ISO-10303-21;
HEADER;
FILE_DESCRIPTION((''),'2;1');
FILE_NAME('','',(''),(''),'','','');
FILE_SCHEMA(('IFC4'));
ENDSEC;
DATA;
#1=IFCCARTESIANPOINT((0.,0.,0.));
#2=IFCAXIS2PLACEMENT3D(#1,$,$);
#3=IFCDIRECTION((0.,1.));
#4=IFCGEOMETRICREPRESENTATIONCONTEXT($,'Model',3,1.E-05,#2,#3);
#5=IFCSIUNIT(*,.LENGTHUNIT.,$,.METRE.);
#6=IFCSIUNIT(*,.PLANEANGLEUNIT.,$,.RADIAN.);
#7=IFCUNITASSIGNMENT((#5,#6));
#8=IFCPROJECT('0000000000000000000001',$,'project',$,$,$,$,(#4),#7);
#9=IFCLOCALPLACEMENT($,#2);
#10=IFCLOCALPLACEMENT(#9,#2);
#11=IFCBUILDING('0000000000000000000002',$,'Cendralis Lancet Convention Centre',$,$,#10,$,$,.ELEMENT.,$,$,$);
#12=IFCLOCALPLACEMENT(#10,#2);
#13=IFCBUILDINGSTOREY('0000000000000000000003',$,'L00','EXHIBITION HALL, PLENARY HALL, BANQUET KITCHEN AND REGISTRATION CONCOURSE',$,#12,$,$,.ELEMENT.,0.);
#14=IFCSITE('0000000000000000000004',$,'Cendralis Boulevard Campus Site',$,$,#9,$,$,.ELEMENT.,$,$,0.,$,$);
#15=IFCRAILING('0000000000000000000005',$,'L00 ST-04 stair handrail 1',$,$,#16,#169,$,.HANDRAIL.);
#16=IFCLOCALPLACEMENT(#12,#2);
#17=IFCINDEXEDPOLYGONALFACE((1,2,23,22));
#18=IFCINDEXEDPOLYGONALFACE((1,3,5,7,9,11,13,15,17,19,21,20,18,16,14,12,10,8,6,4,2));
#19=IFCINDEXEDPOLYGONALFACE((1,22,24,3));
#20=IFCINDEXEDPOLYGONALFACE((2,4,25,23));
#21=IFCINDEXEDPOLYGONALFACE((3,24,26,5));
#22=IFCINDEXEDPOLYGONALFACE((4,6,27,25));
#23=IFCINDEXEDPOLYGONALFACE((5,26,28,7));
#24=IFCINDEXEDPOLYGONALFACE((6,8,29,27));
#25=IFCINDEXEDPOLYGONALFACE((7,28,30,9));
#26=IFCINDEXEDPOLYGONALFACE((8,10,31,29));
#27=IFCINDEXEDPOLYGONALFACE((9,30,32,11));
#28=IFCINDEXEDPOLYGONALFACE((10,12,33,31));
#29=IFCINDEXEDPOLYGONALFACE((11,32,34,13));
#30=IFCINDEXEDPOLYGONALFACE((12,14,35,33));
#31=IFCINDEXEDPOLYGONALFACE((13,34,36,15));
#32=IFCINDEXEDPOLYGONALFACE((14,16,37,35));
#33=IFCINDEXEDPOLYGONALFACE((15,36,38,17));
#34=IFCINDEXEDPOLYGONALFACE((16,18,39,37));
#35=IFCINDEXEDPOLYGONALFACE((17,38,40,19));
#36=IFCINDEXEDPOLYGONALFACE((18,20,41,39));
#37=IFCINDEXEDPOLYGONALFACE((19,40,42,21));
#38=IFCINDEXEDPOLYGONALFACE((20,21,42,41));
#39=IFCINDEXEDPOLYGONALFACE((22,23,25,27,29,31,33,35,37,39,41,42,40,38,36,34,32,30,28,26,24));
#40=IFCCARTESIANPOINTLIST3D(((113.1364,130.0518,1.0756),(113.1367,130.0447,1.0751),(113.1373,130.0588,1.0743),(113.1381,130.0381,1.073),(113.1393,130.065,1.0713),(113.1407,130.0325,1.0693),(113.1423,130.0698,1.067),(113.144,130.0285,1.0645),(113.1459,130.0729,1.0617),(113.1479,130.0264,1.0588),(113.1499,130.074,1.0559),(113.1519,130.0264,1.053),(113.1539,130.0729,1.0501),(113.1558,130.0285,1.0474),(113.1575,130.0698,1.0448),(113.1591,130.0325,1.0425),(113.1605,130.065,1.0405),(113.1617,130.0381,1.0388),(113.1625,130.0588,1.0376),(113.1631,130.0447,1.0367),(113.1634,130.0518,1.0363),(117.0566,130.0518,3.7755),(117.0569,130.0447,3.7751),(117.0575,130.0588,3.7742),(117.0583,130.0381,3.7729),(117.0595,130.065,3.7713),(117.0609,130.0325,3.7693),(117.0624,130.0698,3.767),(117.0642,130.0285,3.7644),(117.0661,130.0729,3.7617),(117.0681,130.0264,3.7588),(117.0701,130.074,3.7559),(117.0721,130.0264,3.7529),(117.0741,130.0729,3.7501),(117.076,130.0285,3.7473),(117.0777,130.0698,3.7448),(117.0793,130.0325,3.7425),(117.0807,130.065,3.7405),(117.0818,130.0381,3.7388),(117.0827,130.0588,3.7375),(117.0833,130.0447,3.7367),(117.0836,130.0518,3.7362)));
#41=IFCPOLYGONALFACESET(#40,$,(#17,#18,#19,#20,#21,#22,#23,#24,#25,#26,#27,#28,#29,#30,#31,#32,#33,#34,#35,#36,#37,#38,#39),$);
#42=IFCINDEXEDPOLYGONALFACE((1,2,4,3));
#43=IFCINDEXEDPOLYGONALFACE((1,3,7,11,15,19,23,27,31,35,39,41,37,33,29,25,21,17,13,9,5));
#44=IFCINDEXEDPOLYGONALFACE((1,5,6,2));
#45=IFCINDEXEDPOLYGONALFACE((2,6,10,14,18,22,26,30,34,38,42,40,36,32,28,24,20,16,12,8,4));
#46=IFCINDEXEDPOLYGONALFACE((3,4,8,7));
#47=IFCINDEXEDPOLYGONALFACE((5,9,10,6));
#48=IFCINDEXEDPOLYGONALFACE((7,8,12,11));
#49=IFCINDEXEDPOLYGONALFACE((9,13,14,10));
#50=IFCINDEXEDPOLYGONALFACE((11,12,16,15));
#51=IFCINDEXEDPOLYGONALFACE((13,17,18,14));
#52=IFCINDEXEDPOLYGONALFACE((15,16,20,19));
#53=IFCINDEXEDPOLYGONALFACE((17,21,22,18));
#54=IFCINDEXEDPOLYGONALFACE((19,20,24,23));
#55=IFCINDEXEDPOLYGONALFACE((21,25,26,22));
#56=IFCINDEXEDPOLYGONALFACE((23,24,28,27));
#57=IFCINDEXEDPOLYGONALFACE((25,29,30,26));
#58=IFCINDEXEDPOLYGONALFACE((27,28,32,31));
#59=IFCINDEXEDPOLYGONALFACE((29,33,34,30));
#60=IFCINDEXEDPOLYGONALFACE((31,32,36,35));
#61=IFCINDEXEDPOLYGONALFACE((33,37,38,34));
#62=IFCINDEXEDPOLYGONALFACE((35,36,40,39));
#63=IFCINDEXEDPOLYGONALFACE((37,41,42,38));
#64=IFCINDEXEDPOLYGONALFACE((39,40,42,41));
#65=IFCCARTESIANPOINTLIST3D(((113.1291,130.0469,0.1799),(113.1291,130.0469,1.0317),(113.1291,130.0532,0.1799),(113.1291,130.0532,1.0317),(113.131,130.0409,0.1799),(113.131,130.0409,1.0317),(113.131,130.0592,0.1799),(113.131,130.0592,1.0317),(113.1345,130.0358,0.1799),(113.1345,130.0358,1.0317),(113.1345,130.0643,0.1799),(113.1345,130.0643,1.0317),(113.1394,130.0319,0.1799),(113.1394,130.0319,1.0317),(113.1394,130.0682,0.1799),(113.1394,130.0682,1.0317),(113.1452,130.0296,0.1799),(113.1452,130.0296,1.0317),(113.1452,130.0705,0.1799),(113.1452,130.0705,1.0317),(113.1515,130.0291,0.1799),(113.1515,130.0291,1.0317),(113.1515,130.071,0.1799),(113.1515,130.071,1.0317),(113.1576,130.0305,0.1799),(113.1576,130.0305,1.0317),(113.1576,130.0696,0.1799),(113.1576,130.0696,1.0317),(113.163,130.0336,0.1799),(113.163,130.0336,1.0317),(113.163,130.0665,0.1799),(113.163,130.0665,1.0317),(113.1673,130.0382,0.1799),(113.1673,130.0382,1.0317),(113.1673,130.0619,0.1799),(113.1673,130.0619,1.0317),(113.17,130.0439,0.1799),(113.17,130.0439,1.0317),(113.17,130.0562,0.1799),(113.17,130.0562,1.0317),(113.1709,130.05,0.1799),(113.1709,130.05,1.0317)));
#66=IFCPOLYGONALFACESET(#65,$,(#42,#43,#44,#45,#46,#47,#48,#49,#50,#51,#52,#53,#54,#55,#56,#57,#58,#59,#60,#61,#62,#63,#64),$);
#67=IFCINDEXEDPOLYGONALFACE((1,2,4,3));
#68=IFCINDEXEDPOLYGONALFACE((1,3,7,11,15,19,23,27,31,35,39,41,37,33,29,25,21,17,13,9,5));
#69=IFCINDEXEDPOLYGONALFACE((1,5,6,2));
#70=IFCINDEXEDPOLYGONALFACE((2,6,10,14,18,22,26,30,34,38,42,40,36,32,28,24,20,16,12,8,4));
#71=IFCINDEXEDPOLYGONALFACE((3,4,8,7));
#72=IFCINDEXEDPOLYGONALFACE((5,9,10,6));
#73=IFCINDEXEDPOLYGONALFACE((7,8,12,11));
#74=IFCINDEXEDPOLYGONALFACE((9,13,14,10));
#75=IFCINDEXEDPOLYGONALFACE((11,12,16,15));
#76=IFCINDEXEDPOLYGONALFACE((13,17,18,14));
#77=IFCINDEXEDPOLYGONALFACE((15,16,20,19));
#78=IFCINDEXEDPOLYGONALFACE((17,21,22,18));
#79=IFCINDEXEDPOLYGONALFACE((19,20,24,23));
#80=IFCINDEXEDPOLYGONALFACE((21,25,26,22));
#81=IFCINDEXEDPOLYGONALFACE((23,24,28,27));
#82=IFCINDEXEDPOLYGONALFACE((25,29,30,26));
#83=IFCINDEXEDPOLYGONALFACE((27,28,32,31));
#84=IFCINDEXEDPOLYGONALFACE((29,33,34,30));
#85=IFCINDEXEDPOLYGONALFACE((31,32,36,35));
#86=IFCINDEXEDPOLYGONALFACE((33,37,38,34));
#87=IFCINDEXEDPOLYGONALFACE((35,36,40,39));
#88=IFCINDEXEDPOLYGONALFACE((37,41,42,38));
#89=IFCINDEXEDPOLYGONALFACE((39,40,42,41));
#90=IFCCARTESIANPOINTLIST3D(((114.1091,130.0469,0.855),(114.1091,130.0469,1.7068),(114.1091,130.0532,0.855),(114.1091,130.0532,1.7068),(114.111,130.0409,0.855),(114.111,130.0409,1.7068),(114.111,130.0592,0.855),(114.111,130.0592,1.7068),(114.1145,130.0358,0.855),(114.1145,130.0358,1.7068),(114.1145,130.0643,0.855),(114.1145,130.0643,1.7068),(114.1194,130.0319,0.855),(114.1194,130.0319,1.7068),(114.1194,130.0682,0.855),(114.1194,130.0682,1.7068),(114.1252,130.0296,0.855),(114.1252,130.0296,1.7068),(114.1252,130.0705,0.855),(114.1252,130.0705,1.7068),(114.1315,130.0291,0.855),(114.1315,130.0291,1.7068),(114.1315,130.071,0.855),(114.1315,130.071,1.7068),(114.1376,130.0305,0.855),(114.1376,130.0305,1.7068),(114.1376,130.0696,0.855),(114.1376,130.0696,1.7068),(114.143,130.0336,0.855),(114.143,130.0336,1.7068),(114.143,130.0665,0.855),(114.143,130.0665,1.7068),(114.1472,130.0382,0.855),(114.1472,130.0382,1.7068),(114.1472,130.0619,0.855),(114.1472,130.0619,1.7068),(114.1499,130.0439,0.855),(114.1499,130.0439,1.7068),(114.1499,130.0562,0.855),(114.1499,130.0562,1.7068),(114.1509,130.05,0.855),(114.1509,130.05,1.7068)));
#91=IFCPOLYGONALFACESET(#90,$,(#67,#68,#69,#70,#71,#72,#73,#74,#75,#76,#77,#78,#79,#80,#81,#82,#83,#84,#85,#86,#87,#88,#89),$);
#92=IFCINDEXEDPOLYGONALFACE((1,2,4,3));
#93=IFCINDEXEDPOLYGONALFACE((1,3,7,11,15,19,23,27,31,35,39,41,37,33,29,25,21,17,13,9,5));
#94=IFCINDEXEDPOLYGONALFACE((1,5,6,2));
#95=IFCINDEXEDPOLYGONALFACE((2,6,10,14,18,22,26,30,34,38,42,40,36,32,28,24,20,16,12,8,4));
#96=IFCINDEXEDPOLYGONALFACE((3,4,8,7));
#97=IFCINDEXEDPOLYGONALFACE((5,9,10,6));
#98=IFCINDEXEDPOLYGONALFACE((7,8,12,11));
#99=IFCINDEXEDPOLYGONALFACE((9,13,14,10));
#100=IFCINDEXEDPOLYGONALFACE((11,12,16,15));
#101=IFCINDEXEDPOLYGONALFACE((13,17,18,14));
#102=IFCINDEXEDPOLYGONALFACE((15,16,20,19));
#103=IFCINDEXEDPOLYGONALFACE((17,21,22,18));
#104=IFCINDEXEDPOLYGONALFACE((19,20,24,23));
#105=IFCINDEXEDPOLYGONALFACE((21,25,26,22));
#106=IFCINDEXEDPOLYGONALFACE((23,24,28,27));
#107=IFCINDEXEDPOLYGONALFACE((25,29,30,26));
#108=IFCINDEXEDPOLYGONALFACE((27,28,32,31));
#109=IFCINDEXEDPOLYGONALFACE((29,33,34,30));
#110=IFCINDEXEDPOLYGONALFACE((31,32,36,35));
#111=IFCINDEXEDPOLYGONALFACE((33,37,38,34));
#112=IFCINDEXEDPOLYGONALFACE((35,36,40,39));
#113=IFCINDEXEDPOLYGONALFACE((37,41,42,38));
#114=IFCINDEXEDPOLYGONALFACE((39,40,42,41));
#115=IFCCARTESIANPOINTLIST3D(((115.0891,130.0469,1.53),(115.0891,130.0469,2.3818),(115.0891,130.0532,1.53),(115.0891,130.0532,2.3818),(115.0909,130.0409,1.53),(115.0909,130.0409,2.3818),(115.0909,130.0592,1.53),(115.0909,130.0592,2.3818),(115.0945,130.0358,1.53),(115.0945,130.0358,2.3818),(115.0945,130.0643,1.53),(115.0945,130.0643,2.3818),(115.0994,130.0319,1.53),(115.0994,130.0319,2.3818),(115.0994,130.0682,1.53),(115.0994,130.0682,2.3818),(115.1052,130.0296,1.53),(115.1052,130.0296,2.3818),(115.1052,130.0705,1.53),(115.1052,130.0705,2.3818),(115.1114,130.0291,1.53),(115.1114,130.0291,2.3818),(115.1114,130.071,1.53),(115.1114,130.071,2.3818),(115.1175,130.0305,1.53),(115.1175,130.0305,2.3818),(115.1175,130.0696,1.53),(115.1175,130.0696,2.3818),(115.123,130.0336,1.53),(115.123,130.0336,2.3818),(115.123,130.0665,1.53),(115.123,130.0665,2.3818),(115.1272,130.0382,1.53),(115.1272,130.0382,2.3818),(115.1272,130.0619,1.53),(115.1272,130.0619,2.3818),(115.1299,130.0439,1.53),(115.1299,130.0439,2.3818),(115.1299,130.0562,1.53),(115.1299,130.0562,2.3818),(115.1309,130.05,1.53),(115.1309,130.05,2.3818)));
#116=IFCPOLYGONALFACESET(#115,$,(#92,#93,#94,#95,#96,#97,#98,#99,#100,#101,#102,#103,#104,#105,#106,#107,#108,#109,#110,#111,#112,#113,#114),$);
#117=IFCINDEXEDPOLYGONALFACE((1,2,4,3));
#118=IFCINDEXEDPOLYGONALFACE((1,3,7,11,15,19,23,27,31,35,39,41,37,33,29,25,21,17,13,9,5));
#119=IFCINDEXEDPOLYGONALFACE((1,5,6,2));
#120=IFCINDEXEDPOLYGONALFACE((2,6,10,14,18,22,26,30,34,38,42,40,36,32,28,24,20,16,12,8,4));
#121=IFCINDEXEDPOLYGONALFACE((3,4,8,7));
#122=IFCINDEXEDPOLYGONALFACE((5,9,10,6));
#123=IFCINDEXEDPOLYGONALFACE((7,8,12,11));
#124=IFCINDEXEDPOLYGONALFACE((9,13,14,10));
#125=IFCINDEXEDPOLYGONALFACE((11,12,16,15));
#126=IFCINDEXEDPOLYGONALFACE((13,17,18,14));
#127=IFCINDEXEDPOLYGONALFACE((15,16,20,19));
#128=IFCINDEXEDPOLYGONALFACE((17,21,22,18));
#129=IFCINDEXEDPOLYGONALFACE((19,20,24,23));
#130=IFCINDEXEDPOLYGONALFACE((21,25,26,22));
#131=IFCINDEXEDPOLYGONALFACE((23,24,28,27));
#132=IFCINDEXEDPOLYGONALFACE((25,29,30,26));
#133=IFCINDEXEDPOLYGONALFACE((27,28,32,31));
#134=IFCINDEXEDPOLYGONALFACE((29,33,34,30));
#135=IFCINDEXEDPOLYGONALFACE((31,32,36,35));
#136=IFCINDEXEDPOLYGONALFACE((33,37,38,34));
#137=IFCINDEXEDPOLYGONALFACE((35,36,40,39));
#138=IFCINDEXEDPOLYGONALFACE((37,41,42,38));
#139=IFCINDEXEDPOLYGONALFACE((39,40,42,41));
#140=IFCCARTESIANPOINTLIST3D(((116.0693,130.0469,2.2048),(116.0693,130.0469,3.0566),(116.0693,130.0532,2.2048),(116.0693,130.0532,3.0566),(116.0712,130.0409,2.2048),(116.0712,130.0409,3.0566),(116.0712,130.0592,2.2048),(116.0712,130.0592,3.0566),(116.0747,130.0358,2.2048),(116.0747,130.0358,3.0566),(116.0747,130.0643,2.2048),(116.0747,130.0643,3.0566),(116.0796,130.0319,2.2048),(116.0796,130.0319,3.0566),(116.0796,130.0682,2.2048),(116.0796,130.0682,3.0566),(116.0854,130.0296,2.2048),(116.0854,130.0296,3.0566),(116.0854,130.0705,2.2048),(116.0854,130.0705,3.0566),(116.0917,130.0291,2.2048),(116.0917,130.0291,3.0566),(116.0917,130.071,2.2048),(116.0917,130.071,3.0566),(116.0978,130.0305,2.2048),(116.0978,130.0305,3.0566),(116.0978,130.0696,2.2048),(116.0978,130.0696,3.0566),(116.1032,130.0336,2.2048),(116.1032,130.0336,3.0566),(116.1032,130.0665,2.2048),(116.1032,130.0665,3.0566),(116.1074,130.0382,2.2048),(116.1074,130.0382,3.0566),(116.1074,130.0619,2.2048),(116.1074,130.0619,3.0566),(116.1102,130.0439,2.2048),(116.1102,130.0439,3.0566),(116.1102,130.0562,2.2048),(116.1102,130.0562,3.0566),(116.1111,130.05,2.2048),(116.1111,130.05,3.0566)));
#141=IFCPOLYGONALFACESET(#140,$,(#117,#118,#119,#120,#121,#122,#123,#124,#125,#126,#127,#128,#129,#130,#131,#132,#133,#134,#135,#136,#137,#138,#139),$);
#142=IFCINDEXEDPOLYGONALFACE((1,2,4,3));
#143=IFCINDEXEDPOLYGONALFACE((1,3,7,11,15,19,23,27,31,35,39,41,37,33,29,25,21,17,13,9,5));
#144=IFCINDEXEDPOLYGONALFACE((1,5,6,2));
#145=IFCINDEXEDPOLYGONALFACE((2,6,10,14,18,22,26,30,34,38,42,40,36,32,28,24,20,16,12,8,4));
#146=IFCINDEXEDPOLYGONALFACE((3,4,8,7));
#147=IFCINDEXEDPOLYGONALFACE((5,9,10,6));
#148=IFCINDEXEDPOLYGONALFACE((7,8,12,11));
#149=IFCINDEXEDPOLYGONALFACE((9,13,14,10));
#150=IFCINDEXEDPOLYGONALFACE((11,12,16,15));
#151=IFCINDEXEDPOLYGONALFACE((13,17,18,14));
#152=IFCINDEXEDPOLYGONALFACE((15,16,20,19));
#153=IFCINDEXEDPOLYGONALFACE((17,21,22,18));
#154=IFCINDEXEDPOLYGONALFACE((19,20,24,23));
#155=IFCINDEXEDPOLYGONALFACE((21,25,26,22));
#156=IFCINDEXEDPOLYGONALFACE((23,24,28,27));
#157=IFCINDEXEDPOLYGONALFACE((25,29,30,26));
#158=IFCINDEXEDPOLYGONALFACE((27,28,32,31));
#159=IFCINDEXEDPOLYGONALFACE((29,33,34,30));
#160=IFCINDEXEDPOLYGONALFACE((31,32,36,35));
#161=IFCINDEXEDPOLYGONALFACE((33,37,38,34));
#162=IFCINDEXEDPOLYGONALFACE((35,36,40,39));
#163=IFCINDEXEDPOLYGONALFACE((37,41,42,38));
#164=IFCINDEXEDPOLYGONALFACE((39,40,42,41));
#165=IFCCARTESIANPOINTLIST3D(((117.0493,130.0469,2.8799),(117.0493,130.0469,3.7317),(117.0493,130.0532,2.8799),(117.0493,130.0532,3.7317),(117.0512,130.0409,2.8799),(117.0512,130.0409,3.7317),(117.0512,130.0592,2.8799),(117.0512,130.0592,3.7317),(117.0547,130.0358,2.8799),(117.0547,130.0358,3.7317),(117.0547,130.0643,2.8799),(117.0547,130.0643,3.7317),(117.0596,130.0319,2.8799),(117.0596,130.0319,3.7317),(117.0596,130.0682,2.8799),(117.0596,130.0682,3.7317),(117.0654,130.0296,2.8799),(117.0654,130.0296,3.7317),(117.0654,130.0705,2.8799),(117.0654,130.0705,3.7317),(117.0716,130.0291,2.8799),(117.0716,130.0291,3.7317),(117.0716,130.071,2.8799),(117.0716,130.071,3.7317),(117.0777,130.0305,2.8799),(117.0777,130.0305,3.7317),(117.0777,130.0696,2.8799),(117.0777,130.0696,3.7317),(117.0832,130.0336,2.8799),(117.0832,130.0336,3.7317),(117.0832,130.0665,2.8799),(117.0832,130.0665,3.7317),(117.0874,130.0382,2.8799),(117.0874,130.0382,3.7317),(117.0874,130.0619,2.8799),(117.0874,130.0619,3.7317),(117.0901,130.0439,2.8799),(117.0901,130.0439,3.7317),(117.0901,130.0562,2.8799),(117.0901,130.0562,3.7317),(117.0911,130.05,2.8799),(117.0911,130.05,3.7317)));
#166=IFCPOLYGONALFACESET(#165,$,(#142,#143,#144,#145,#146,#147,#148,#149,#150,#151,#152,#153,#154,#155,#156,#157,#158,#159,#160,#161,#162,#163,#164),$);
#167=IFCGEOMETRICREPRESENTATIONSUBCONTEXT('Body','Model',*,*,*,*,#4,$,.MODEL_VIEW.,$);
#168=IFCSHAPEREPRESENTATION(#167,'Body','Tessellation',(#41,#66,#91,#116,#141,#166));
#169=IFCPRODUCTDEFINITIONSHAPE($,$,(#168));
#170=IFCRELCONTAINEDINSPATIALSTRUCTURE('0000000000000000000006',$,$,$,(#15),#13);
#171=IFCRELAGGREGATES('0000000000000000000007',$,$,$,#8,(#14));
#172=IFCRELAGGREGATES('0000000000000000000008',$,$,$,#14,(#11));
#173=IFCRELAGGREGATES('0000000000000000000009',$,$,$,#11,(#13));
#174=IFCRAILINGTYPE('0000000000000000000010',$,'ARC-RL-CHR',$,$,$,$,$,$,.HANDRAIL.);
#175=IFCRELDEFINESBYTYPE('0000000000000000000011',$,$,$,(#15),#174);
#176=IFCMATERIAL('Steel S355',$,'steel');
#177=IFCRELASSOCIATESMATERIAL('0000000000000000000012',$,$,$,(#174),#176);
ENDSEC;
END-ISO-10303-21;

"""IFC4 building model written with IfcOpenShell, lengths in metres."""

from ifc_helpers import new_model, si_unit, direction, frame, origin, origin_2d, place, context, subcontext, project, spatial, circle, extrude, material, type_object, element, save


model = new_model("IFC4")

# Units and contexts
model_context = context("Model", 3, precision=1e-05, world=origin(), true_north=direction((0.0, 1.0)))
body_context = subcontext(model_context, "Body", "Model", "MODEL_VIEW")
ifc_project = project(units=[si_unit("LENGTHUNIT", "METRE"), si_unit("PLANEANGLEUNIT", "RADIAN")], contexts=[model_context])

# Site, building, storey
site_placement = place(None, origin())
site = spatial("IfcSite", under=ifc_project, at=site_placement, Name="Cendralis Boulevard Campus Site", CompositionType="ELEMENT", RefElevation=0.0)
building_placement = place(site_placement, origin())
building = spatial("IfcBuilding", under=site, at=building_placement, Name="Cendralis Lancet Convention Centre", CompositionType="ELEMENT")
storey_placement = place(building_placement, origin())
storey = spatial("IfcBuildingStorey", under=building, at=storey_placement, Name="L00", Description="EXHIBITION HALL, PLENARY HALL, BANQUET KITCHEN AND REGISTRATION CONCOURSE", CompositionType="ELEMENT", Elevation=0.0)

# Shared definitions
ifc_material_1 = material(Name="Steel S355", Category="steel")

# Railing
railing_type_1 = type_object("IfcRailingType", Name="ARC-RL-CHR", PredefinedType="HANDRAIL", material=ifc_material_1)
railing_1_placement = place(storey_placement, frame((113.1499, 130.05, 0.1799)))
element("IfcRailing", 1, at=railing_1_placement, inside=storey, type_object=railing_type_1, Name="L00 ST-04 stair handrail 1", PredefinedType="HANDRAIL", context=body_context, shape_type="SweptSolid", body=[
    extrude(circle(Radius=0.0239, at=origin_2d()), frame((0.0, 0.0, 0.876), z_axis=(0.823567, 0.0, 0.567219), x_axis=(0.0, 1.0, 0.0)), (0.0, 0.0, 1.0), 4.76),
    extrude(circle(Radius=0.021, at=origin_2d()), origin(), (0.0, 0.0, 1.0), 0.8518),
    extrude(circle(Radius=0.021, at=origin_2d()), frame((0.98, 0.0, 0.675)), (0.0, 0.0, 1.0), 0.8518),
    extrude(circle(Radius=0.021, at=origin_2d()), frame((1.96, 0.0, 1.3501)), (0.0, 0.0, 1.0), 0.8518),
    extrude(circle(Radius=0.021, at=origin_2d()), frame((2.9402, 0.0, 2.0249)), (0.0, 0.0, 1.0), 0.8518),
    extrude(circle(Radius=0.021, at=origin_2d()), frame((3.9202, 0.0, 2.7)), (0.0, 0.0, 1.0), 0.8518),
])

save(model, "model.ifc")
